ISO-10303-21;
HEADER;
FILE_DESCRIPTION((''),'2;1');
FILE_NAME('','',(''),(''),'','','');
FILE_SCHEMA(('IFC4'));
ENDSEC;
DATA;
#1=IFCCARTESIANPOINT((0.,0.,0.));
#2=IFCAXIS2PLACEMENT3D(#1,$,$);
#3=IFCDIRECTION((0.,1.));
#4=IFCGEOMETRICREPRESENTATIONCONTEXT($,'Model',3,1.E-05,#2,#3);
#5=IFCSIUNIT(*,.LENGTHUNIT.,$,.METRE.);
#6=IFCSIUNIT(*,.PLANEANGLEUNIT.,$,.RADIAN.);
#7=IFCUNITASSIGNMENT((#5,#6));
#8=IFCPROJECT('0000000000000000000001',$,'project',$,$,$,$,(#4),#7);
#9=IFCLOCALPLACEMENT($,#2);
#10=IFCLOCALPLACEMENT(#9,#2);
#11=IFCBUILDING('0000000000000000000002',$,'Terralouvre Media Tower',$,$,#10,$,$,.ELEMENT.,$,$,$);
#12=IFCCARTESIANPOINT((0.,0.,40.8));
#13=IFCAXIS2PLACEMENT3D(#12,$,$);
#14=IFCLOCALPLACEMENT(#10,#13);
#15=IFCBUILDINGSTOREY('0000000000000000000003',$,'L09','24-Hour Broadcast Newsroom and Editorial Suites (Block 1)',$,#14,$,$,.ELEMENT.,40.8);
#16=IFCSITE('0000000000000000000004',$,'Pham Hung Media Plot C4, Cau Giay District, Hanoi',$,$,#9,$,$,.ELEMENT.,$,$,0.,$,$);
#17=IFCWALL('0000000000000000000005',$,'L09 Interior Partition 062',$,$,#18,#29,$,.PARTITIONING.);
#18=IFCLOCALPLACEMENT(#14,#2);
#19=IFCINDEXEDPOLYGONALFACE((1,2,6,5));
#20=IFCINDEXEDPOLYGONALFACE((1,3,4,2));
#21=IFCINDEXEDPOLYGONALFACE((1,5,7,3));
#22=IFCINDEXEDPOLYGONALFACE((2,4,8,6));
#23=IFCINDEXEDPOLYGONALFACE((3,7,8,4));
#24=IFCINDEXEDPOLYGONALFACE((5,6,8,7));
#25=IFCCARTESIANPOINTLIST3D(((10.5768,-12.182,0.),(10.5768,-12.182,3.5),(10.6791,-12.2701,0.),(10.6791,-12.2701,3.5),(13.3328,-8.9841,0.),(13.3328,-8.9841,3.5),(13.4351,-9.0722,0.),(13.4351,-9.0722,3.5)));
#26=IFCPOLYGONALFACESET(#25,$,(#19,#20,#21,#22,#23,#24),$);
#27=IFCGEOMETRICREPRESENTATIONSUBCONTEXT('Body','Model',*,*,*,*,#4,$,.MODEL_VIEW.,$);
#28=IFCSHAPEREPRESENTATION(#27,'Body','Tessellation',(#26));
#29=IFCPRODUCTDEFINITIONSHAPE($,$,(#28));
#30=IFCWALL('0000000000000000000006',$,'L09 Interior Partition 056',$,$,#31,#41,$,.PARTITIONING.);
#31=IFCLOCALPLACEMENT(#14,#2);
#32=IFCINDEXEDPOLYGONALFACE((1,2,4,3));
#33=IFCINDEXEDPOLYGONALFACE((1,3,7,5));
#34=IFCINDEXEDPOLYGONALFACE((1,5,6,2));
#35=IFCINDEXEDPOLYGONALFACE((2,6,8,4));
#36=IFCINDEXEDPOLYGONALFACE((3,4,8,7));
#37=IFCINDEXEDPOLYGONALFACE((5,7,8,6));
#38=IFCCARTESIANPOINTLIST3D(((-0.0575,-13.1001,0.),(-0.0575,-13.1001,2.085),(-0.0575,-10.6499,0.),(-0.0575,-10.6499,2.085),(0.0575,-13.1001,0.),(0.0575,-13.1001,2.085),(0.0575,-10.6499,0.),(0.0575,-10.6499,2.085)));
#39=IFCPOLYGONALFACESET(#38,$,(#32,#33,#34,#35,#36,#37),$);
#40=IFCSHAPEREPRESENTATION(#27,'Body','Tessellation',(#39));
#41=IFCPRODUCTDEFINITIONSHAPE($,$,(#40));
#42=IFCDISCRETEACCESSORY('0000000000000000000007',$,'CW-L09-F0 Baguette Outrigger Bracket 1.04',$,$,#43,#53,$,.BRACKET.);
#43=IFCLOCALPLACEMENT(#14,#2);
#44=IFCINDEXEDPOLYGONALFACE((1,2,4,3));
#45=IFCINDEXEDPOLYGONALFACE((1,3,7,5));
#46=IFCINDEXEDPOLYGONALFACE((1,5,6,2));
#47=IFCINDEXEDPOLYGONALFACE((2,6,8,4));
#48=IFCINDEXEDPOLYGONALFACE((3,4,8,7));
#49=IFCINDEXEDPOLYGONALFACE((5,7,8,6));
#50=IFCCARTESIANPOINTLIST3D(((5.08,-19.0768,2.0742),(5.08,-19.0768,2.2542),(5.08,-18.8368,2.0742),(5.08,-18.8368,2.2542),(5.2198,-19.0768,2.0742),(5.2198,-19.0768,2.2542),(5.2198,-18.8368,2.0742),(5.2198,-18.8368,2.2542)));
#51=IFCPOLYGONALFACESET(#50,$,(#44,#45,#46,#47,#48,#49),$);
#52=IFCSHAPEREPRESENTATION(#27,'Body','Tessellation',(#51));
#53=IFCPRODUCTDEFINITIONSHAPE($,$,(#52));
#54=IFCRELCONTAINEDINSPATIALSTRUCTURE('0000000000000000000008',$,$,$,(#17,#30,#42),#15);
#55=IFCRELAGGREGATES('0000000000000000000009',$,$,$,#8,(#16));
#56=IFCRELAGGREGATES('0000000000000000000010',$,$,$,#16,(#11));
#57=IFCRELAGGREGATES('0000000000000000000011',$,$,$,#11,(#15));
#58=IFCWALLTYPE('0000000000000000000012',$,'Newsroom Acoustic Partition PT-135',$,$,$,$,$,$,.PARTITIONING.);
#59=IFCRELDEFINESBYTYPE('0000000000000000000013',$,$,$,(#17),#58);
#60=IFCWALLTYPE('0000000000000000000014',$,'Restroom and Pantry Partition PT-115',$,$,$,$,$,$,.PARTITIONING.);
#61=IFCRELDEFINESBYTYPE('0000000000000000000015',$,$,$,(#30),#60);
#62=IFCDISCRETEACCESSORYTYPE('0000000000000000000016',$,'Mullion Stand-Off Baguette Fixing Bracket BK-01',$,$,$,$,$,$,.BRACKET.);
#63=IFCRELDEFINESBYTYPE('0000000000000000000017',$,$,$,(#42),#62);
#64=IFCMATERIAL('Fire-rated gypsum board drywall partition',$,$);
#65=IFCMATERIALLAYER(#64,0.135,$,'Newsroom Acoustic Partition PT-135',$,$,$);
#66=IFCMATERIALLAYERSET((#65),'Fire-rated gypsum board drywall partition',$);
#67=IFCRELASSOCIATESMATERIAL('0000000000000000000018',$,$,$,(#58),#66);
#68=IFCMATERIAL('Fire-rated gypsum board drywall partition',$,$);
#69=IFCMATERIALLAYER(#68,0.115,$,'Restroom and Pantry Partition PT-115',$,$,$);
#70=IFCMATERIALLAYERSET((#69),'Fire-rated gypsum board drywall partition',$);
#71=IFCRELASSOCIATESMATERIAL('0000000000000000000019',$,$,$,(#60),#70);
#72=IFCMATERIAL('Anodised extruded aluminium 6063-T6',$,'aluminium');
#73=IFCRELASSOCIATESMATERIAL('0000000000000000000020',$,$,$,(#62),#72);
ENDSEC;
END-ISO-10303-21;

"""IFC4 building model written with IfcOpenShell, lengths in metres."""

from ifc_helpers import new_model, si_unit, direction, frame, frame_2d, origin, origin_2d, place, context, subcontext, project, spatial, rectangle, extrude, material, layer, layer_set, type_object, element, save


model = new_model("IFC4")

# Units and contexts
model_context = context("Model", 3, precision=1e-05, world=origin(), true_north=direction((0.0, 1.0)))
body_context = subcontext(model_context, "Body", "Model", "MODEL_VIEW")
ifc_project = project(units=[si_unit("LENGTHUNIT", "METRE"), si_unit("PLANEANGLEUNIT", "RADIAN")], contexts=[model_context])

# Site, building, storey
site_placement = place(None, origin())
site = spatial("IfcSite", under=ifc_project, at=site_placement, Name="Pham Hung Media Plot C4, Cau Giay District, Hanoi", CompositionType="ELEMENT", RefElevation=0.0)
building_placement = place(site_placement, origin())
building = spatial("IfcBuilding", under=site, at=building_placement, Name="Terralouvre Media Tower", CompositionType="ELEMENT")
storey_placement = place(building_placement, frame((0.0, 0.0, 40.8)))
storey = spatial("IfcBuildingStorey", under=building, at=storey_placement, Name="L09", Description="24-Hour Broadcast Newsroom and Editorial Suites (Block 1)", CompositionType="ELEMENT", Elevation=40.8)

# Shared definitions
ifc_material_1 = material(Name="Fire-rated gypsum board drywall partition")
ifc_layer_1 = layer(ifc_material_1, 0.135, Name="Newsroom Acoustic Partition PT-135")
ifc_layer_set_1 = layer_set([ifc_layer_1], Name="Fire-rated gypsum board drywall partition")
wall_type_1 = type_object("IfcWallType", Name="Newsroom Acoustic Partition PT-135", PredefinedType="PARTITIONING", material=ifc_layer_set_1)

# Walls
wall_1_placement = place(storey_placement, frame((10.6279, -12.2261, 0.0), z_axis=(0.0, 0.0, 1.0), x_axis=(0.652832, 0.757503, 0.0)))
element("IfcWall", 1, at=wall_1_placement, inside=storey, type_object=wall_type_1, Name="L09 Interior Partition 062", PredefinedType="PARTITIONING", context=body_context, shape_type="SweptSolid", body=[
    extrude(rectangle(XDim=4.2217, YDim=0.135, at=frame_2d((2.1108, 0.0))), origin(), (0.0, 0.0, 1.0), 3.5),
])
ifc_material_2 = material(Name="Fire-rated gypsum board drywall partition")
ifc_layer_2 = layer(ifc_material_2, 0.115, Name="Restroom and Pantry Partition PT-115")
ifc_layer_set_2 = layer_set([ifc_layer_2], Name="Fire-rated gypsum board drywall partition")
wall_type_2 = type_object("IfcWallType", Name="Restroom and Pantry Partition PT-115", PredefinedType="PARTITIONING", material=ifc_layer_set_2)
wall_2_placement = place(storey_placement, frame((0.0, -13.1001, 0.0), z_axis=(0.0, 0.0, 1.0), x_axis=(0.0, 1.0, 0.0)))
element("IfcWall", 2, at=wall_2_placement, inside=storey, type_object=wall_type_2, Name="L09 Interior Partition 056", PredefinedType="PARTITIONING", context=body_context, shape_type="SweptSolid", body=[
    extrude(rectangle(XDim=2.4502, YDim=0.115, at=frame_2d((1.2251, 0.0))), origin(), (0.0, 0.0, 1.0), 2.085),
])

# Discrete accessory
ifc_material_3 = material(Name="Anodised extruded aluminium 6063-T6", Category="aluminium")
discrete_accessory_type = type_object("IfcDiscreteAccessoryType", Name="Mullion Stand-Off Baguette Fixing Bracket BK-01", PredefinedType="BRACKET", material=ifc_material_3)
discrete_accessory_placement = place(storey_placement, frame((5.1499, -18.9568, 2.0742), z_axis=(0.0, 0.0, 1.0), x_axis=(1.0, 0.0, 0.0)))
element("IfcDiscreteAccessory", 3, at=discrete_accessory_placement, inside=storey, type_object=discrete_accessory_type, Name="CW-L09-F0 Baguette Outrigger Bracket 1.04", PredefinedType="BRACKET", context=body_context, shape_type="SweptSolid", body=[
    extrude(rectangle(XDim=0.1399, YDim=0.24, at=origin_2d()), origin(), (0.0, 0.0, 1.0), 0.1799),
])

save(model, "model.ifc")
